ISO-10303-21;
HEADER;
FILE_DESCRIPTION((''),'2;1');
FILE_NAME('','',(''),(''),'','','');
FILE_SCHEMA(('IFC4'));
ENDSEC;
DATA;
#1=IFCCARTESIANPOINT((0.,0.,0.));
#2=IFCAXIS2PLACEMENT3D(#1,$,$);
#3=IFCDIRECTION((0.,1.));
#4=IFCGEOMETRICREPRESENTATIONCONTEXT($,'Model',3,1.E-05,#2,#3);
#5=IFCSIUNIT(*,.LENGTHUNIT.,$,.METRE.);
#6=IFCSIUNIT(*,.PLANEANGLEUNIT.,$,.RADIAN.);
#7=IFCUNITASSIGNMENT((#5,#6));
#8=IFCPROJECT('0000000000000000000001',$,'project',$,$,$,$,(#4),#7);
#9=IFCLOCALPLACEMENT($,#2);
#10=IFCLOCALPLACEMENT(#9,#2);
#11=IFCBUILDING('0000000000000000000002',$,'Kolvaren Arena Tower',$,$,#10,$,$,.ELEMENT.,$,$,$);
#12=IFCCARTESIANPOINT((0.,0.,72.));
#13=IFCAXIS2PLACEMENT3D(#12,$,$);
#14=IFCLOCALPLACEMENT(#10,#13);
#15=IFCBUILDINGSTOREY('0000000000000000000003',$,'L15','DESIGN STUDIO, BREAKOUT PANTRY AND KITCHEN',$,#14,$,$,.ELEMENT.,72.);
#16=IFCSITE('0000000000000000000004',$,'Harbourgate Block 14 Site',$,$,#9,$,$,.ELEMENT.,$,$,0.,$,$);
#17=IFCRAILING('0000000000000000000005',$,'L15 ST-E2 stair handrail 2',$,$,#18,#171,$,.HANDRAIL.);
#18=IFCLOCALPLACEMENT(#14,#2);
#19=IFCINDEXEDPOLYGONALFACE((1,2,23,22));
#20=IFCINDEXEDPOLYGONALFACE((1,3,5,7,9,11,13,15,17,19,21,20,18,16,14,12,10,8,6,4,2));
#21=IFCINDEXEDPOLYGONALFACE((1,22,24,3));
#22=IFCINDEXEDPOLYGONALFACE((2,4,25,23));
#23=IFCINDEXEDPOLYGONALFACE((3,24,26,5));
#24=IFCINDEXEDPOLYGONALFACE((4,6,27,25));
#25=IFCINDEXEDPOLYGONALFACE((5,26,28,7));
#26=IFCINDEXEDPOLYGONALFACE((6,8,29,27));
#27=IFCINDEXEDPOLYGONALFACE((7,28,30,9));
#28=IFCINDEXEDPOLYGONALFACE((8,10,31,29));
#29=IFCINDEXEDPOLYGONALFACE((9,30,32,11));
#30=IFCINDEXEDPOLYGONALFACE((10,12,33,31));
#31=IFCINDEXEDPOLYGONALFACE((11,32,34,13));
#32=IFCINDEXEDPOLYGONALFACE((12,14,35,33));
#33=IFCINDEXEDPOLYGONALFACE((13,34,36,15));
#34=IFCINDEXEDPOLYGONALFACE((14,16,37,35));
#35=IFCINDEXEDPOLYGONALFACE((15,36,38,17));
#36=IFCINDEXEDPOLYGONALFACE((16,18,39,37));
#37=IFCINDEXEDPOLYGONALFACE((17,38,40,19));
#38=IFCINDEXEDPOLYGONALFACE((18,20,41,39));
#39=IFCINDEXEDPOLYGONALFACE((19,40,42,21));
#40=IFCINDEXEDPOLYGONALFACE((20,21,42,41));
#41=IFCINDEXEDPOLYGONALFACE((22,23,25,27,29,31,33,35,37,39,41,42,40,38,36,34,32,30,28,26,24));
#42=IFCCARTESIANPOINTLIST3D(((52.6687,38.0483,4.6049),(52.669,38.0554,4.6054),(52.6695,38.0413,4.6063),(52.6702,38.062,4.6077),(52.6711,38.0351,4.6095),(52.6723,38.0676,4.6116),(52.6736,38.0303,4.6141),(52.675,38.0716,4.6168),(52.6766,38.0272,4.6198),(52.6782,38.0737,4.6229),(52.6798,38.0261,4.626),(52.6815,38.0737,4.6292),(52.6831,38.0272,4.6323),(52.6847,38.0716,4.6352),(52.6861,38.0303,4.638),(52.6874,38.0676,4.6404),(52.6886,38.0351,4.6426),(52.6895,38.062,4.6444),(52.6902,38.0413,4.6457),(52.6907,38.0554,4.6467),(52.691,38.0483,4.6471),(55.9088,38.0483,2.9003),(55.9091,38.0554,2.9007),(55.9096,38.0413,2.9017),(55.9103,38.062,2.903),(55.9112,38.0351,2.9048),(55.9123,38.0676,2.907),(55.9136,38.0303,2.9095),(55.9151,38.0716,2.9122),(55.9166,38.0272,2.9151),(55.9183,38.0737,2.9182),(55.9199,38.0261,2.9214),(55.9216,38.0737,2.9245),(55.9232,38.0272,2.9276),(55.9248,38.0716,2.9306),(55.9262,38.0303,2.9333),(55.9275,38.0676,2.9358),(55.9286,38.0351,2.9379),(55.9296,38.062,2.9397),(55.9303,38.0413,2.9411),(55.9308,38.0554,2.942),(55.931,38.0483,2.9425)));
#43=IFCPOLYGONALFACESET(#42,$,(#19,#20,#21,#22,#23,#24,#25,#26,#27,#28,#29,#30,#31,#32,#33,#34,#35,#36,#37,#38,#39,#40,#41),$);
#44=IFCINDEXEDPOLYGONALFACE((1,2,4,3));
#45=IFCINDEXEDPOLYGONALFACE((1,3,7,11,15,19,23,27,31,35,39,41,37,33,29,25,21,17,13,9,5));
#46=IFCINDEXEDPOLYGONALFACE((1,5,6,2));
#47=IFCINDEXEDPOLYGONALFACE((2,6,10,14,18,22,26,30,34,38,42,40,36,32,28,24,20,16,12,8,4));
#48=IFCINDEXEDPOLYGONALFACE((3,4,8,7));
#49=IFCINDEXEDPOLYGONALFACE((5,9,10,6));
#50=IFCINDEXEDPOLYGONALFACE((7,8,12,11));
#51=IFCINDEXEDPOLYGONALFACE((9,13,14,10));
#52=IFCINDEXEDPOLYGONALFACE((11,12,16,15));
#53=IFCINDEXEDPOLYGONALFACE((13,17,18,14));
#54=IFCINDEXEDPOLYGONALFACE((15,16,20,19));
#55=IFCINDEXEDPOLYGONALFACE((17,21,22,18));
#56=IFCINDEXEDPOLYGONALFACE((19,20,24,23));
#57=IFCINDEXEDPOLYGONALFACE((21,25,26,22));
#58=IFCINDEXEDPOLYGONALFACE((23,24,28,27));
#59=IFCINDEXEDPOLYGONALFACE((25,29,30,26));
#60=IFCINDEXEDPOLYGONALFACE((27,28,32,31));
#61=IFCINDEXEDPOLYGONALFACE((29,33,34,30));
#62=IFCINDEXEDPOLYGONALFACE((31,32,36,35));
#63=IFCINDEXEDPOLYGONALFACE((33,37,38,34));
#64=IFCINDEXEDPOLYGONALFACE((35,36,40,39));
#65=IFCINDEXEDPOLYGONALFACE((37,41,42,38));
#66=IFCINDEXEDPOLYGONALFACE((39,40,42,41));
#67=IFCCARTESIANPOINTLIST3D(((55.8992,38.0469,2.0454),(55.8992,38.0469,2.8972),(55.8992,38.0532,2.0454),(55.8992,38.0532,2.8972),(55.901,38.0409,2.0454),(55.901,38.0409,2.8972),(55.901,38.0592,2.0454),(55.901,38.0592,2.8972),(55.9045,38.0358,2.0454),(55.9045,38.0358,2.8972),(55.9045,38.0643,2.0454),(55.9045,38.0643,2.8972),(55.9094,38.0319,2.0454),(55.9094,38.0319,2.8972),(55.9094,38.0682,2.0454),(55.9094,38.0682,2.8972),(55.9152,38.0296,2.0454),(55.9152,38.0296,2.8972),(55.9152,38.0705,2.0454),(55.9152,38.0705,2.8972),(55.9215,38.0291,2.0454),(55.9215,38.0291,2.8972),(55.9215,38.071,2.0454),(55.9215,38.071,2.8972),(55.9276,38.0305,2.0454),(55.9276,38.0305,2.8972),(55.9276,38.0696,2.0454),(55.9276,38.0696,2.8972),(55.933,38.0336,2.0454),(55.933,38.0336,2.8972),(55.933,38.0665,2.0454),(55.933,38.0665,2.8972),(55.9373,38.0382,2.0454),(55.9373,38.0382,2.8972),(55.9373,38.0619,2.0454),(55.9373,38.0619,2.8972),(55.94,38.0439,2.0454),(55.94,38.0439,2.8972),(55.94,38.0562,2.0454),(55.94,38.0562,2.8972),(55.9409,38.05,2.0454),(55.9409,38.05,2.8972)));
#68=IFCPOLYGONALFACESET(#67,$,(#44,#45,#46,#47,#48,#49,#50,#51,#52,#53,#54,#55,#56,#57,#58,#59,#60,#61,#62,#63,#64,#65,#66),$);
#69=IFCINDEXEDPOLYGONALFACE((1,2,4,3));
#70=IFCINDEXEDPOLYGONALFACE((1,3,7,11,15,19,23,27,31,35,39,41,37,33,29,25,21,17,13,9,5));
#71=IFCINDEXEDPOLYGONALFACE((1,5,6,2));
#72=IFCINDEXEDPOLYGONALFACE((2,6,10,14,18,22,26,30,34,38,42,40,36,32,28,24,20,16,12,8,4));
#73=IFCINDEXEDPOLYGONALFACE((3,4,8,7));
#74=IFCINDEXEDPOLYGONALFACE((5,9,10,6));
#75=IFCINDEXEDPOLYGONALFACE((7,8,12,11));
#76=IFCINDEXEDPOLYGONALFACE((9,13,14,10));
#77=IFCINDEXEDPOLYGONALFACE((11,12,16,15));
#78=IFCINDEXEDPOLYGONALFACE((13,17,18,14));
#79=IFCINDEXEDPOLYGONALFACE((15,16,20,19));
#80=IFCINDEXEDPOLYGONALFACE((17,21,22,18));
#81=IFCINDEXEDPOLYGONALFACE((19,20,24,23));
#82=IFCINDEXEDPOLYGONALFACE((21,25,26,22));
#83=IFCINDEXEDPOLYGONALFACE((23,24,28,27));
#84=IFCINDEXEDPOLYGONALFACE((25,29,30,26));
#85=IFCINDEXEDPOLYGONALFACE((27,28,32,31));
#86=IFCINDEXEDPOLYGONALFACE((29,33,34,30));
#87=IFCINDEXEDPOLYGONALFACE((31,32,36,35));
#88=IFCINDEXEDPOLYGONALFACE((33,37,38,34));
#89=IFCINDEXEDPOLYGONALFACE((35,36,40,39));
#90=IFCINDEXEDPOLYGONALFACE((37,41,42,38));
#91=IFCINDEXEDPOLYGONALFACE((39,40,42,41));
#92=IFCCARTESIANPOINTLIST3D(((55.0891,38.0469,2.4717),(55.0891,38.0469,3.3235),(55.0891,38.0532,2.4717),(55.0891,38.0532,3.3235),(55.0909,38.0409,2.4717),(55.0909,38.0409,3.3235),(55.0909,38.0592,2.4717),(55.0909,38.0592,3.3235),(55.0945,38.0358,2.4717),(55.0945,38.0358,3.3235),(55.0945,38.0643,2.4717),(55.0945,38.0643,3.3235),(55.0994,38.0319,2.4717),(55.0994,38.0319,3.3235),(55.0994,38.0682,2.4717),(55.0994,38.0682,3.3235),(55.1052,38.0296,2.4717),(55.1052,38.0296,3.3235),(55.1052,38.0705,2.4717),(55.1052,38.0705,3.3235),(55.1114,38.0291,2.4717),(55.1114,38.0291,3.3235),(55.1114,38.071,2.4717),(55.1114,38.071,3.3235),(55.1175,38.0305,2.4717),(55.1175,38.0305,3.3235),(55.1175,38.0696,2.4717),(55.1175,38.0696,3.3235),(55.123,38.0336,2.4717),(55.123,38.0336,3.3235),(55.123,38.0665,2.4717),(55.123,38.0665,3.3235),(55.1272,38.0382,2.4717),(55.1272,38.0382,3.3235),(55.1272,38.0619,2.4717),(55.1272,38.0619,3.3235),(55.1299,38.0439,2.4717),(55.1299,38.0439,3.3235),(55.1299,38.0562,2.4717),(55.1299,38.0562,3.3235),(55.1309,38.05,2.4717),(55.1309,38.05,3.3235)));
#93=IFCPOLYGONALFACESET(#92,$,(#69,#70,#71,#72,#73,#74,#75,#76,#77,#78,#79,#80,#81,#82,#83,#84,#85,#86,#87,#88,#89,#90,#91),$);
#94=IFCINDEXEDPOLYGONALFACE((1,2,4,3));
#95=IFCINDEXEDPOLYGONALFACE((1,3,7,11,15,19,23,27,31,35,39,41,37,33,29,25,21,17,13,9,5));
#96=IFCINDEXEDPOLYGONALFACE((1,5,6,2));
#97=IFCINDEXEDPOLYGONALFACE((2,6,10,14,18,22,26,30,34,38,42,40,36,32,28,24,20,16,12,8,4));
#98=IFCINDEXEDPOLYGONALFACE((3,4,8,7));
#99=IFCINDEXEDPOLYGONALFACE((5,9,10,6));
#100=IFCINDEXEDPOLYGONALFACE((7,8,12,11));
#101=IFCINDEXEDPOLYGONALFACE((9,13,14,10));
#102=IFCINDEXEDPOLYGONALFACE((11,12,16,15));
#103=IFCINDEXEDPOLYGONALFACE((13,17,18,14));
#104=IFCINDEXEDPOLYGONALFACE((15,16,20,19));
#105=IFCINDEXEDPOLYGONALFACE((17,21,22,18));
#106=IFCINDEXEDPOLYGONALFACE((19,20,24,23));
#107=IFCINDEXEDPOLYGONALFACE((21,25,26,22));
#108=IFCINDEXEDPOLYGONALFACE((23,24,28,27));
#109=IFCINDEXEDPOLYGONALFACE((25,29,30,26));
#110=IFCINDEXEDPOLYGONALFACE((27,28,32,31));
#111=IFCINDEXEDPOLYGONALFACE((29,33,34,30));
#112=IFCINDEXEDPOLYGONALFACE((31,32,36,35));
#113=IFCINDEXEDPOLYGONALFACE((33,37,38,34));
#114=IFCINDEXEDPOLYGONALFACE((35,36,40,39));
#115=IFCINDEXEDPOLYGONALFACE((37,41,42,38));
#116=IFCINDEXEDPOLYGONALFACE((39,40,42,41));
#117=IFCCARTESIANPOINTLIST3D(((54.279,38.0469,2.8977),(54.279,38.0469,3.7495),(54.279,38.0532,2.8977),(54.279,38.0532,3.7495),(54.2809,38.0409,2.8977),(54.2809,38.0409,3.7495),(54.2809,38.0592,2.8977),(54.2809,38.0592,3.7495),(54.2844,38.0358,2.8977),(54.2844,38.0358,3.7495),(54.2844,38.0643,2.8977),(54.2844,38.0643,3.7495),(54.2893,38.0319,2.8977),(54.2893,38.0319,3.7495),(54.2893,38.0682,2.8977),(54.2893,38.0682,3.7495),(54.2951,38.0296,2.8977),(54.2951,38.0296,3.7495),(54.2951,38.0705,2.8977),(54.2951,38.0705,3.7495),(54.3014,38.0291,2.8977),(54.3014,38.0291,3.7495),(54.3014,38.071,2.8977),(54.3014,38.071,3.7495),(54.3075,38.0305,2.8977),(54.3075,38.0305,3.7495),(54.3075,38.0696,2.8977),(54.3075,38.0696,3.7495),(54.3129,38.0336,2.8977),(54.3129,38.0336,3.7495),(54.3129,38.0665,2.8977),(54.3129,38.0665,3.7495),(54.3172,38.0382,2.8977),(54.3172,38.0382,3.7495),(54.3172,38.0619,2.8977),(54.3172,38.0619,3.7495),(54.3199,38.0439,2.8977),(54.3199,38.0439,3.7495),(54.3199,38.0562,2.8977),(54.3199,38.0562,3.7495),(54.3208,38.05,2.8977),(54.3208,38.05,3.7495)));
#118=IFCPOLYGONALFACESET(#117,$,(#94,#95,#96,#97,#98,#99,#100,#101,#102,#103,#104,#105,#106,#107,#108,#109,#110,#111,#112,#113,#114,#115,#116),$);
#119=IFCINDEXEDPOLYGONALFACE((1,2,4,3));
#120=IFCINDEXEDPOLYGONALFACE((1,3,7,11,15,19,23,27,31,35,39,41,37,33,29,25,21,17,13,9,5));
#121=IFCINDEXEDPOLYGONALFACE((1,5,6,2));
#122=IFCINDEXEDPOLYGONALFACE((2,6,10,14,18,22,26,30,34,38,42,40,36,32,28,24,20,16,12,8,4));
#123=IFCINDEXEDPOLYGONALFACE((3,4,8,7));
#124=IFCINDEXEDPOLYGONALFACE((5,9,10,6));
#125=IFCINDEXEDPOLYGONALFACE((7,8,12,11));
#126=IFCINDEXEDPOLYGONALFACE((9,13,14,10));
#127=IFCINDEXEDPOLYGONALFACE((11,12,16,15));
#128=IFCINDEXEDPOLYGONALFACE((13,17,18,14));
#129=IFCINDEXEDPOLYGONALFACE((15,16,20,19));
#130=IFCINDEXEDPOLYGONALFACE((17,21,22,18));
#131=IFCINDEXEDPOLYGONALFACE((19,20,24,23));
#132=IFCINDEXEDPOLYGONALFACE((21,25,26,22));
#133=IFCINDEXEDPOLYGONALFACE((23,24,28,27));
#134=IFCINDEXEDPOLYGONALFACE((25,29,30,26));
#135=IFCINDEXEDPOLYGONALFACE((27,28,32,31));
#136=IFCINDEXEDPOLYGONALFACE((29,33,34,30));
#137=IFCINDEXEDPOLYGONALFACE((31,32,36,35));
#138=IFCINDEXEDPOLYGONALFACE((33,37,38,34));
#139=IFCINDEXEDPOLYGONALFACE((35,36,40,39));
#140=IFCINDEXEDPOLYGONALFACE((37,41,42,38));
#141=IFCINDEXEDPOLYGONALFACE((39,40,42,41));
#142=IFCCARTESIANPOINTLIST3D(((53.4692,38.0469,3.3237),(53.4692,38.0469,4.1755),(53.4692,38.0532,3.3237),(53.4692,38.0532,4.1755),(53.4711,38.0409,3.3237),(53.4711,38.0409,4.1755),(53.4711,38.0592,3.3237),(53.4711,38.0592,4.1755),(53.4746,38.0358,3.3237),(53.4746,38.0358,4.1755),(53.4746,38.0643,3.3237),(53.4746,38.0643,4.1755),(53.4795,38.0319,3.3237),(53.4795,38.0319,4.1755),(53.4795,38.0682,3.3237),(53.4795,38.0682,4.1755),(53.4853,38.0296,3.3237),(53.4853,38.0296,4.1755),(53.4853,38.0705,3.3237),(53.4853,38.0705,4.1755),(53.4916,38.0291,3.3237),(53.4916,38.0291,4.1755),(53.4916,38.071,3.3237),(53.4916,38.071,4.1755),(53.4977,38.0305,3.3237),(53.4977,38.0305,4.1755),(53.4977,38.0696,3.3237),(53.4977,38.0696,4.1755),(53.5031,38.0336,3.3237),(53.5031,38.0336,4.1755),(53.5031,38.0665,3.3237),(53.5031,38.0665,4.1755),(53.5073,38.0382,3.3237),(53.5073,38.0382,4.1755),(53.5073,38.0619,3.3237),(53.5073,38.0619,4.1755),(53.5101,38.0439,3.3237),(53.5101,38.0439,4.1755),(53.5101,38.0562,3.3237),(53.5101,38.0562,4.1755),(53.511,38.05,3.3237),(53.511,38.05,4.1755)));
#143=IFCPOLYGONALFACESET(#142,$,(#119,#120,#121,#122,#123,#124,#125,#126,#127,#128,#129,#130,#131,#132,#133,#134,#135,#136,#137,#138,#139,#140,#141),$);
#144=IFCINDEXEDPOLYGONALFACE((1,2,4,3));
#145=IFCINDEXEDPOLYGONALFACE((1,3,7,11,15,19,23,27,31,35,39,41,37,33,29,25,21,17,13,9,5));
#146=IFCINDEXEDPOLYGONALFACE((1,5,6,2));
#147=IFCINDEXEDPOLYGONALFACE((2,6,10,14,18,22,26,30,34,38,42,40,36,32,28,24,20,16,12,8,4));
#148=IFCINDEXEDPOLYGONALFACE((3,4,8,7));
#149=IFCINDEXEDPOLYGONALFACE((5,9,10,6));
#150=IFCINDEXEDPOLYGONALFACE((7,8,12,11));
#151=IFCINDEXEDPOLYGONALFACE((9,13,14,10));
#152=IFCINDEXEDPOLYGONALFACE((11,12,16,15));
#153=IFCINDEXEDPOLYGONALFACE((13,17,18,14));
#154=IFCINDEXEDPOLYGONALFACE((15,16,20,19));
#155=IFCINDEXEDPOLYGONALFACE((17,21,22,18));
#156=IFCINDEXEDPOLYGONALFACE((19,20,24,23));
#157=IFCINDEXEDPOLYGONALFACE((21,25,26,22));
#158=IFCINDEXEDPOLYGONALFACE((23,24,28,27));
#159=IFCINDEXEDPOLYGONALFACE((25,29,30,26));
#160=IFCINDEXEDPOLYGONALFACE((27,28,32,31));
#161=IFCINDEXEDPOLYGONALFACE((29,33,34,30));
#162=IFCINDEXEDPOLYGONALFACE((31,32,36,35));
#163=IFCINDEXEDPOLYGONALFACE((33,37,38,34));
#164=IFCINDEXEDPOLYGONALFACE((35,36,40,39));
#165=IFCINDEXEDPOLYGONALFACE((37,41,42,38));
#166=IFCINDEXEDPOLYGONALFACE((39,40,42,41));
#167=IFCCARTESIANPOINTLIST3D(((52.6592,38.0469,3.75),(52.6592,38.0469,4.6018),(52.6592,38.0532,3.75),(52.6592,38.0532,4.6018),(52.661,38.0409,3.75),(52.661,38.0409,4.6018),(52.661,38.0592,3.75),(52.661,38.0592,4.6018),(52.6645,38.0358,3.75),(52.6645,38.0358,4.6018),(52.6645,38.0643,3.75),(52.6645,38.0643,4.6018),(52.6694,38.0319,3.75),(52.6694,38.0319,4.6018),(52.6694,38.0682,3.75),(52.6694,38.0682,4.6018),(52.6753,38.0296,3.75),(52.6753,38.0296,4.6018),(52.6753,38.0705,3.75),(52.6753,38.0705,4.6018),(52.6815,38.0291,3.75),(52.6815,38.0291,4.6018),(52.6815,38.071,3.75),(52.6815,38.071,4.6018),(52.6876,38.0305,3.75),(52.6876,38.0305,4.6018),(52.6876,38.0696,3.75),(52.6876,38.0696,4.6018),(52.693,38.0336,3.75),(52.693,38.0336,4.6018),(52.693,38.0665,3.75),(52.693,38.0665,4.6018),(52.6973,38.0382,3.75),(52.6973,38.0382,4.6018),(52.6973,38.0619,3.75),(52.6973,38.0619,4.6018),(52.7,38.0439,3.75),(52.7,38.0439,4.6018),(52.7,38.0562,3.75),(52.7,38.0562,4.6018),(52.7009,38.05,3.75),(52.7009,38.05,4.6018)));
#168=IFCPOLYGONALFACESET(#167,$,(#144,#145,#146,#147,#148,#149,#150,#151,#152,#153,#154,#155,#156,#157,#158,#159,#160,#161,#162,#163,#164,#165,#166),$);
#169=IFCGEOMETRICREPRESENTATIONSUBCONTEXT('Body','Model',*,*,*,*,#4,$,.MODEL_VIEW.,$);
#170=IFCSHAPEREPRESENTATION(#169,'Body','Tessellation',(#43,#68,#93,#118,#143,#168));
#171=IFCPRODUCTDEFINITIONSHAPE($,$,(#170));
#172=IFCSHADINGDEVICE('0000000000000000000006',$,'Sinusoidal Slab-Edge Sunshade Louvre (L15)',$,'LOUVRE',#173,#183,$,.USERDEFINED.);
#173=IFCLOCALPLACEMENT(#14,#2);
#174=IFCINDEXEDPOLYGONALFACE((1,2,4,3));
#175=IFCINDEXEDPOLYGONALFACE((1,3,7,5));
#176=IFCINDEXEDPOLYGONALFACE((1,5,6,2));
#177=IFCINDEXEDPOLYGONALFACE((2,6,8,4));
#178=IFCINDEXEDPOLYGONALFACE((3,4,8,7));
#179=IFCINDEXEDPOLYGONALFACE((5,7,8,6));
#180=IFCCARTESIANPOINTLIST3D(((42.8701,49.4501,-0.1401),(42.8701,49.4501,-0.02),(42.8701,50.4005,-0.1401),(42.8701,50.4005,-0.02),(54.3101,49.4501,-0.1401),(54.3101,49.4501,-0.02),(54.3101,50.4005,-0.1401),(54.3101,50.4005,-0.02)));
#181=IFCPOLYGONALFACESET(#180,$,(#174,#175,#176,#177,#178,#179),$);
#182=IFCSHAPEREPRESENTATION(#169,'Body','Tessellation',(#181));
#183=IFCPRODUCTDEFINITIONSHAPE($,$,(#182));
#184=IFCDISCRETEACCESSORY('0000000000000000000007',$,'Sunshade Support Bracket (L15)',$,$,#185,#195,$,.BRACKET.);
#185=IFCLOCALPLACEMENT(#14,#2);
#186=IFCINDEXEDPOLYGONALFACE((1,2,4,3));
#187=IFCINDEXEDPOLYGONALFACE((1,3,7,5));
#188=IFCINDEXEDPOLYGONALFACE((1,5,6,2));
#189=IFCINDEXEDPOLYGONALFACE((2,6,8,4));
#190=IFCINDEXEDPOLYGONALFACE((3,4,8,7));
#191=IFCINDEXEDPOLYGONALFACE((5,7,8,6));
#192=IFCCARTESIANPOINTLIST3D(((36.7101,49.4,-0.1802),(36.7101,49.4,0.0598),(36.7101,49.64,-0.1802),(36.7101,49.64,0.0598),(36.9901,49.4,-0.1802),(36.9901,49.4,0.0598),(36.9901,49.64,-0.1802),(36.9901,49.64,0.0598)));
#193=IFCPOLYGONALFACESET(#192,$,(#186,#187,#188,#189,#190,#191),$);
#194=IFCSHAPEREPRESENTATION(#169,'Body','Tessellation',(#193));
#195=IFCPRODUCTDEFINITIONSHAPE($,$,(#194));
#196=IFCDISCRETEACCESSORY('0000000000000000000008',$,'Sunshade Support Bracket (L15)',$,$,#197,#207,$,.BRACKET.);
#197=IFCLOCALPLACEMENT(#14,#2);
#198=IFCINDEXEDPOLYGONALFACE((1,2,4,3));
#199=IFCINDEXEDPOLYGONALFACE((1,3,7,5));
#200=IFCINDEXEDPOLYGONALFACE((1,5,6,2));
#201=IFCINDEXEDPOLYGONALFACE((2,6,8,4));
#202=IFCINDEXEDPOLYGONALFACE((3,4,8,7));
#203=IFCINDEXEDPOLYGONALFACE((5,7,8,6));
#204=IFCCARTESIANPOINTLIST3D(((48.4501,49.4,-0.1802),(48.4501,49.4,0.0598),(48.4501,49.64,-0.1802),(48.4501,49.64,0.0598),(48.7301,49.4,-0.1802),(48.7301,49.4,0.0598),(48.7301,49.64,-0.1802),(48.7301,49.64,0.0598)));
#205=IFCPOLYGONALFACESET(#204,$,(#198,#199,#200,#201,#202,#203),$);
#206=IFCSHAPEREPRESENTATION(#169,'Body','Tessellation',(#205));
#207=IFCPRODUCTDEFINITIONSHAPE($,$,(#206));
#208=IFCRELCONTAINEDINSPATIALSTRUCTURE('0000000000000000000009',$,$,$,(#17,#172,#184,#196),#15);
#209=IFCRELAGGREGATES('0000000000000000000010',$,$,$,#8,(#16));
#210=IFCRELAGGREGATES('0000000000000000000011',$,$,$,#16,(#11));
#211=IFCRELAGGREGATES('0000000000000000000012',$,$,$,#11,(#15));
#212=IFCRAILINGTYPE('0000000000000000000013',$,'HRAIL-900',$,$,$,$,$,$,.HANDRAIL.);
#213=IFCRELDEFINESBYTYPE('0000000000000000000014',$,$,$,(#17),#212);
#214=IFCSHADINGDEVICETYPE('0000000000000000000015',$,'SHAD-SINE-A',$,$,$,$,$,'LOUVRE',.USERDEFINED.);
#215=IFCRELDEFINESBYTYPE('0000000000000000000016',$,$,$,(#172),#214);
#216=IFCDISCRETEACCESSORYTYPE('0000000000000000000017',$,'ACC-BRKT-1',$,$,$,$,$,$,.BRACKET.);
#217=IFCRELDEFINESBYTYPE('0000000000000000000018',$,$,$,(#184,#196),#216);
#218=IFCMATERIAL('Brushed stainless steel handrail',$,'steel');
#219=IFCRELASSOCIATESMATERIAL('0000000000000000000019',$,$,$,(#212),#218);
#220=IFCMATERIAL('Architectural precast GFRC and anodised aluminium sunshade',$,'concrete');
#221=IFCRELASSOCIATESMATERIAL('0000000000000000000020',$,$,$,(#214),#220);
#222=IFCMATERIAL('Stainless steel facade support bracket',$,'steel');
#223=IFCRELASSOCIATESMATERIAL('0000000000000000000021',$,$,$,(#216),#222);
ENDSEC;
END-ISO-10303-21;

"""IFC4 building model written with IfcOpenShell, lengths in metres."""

from ifc_helpers import new_model, si_unit, direction, frame, origin, origin_2d, place, context, subcontext, project, spatial, rectangle, circle, extrude, material, type_object, element, save


model = new_model("IFC4")

# Units and contexts
model_context = context("Model", 3, precision=1e-05, world=origin(), true_north=direction((0.0, 1.0)))
body_context = subcontext(model_context, "Body", "Model", "MODEL_VIEW")
ifc_project = project(units=[si_unit("LENGTHUNIT", "METRE"), si_unit("PLANEANGLEUNIT", "RADIAN")], contexts=[model_context])

# Site, building, storey
site_placement = place(None, origin())
site = spatial("IfcSite", under=ifc_project, at=site_placement, Name="Harbourgate Block 14 Site", CompositionType="ELEMENT", RefElevation=0.0)
building_placement = place(site_placement, origin())
building = spatial("IfcBuilding", under=site, at=building_placement, Name="Kolvaren Arena Tower", CompositionType="ELEMENT")
storey_placement = place(building_placement, frame((0.0, 0.0, 72.0)))
storey = spatial("IfcBuildingStorey", under=building, at=storey_placement, Name="L15", Description="DESIGN STUDIO, BREAKOUT PANTRY AND KITCHEN", CompositionType="ELEMENT", Elevation=72.0)

# Railing
ifc_material_1 = material(Name="Brushed stainless steel handrail", Category="steel")
railing_type_1 = type_object("IfcRailingType", Name="HRAIL-900", PredefinedType="HANDRAIL", material=ifc_material_1)
railing_1_placement = place(storey_placement, frame((55.9199, 38.05, 2.0454)))
element("IfcRailing", 1, at=railing_1_placement, inside=storey, type_object=railing_type_1, Name="L15 ST-E2 stair handrail 2", PredefinedType="HANDRAIL", context=body_context, shape_type="SweptSolid", body=[
    extrude(circle(Radius=0.0239, at=origin_2d()), frame((0.0, 0.0, 0.876), z_axis=(-0.884993, 0.0, 0.465604), x_axis=(0.0, -1.0, 0.0)), (0.0, 0.0, 1.0), 3.6611),
    extrude(circle(Radius=0.021, at=origin_2d()), origin(), (0.0, 0.0, 1.0), 0.8518),
    extrude(circle(Radius=0.021, at=origin_2d()), frame((-0.8101, 0.0, 0.4263)), (0.0, 0.0, 1.0), 0.8518),
    extrude(circle(Radius=0.021, at=origin_2d()), frame((-1.6201, 0.0, 0.8523)), (0.0, 0.0, 1.0), 0.8518),
    extrude(circle(Radius=0.021, at=origin_2d()), frame((-2.4299, 0.0, 1.2783)), (0.0, 0.0, 1.0), 0.8518),
    extrude(circle(Radius=0.021, at=origin_2d()), frame((-3.24, 0.0, 1.7046)), (0.0, 0.0, 1.0), 0.8518),
])

# Shading device
ifc_material_2 = material(Name="Architectural precast GFRC and anodised aluminium sunshade", Category="concrete")
shading_device_type = type_object("IfcShadingDeviceType", Name="SHAD-SINE-A", ElementType="LOUVRE", PredefinedType="USERDEFINED", material=ifc_material_2)
shading_device_placement = place(storey_placement, frame((48.5901, 49.9253, -0.1401), z_axis=(0.0, 0.0, 1.0), x_axis=(1.0, 0.0, 0.0)))
element("IfcShadingDevice", 2, at=shading_device_placement, inside=storey, type_object=shading_device_type, Name="Sinusoidal Slab-Edge Sunshade Louvre (L15)", ObjectType="LOUVRE", PredefinedType="USERDEFINED", context=body_context, shape_type="SweptSolid", body=[
    extrude(rectangle(XDim=11.4399, YDim=0.9504, at=origin_2d()), origin(), (0.0, 0.0, 1.0), 0.1201),
])

# Discrete accessories
ifc_material_3 = material(Name="Stainless steel facade support bracket", Category="steel")
discrete_accessory_type = type_object("IfcDiscreteAccessoryType", Name="ACC-BRKT-1", PredefinedType="BRACKET", material=ifc_material_3)
for number, where, z_axis, x_axis, name in (
    (3, (36.8501, 49.52, -0.1802), (0.0, 0.0, 1.0), (1.0, 0.0, 0.0), "Sunshade Support Bracket (L15)"),
    (4, (48.5901, 49.52, -0.1802), (0.0, 0.0, 1.0), (1.0, 0.0, 0.0), "Sunshade Support Bracket (L15)"),
):
    element("IfcDiscreteAccessory", number, at=place(storey_placement, frame(where, z_axis=z_axis, x_axis=x_axis)), inside=storey, type_object=discrete_accessory_type, Name=name, PredefinedType="BRACKET", context=body_context, shape_type="SweptSolid", body=[
        extrude(rectangle(XDim=0.28, YDim=0.24, at=origin_2d()), origin(), (0.0, 0.0, 1.0), 0.24),
    ])

save(model, "model.ifc")
